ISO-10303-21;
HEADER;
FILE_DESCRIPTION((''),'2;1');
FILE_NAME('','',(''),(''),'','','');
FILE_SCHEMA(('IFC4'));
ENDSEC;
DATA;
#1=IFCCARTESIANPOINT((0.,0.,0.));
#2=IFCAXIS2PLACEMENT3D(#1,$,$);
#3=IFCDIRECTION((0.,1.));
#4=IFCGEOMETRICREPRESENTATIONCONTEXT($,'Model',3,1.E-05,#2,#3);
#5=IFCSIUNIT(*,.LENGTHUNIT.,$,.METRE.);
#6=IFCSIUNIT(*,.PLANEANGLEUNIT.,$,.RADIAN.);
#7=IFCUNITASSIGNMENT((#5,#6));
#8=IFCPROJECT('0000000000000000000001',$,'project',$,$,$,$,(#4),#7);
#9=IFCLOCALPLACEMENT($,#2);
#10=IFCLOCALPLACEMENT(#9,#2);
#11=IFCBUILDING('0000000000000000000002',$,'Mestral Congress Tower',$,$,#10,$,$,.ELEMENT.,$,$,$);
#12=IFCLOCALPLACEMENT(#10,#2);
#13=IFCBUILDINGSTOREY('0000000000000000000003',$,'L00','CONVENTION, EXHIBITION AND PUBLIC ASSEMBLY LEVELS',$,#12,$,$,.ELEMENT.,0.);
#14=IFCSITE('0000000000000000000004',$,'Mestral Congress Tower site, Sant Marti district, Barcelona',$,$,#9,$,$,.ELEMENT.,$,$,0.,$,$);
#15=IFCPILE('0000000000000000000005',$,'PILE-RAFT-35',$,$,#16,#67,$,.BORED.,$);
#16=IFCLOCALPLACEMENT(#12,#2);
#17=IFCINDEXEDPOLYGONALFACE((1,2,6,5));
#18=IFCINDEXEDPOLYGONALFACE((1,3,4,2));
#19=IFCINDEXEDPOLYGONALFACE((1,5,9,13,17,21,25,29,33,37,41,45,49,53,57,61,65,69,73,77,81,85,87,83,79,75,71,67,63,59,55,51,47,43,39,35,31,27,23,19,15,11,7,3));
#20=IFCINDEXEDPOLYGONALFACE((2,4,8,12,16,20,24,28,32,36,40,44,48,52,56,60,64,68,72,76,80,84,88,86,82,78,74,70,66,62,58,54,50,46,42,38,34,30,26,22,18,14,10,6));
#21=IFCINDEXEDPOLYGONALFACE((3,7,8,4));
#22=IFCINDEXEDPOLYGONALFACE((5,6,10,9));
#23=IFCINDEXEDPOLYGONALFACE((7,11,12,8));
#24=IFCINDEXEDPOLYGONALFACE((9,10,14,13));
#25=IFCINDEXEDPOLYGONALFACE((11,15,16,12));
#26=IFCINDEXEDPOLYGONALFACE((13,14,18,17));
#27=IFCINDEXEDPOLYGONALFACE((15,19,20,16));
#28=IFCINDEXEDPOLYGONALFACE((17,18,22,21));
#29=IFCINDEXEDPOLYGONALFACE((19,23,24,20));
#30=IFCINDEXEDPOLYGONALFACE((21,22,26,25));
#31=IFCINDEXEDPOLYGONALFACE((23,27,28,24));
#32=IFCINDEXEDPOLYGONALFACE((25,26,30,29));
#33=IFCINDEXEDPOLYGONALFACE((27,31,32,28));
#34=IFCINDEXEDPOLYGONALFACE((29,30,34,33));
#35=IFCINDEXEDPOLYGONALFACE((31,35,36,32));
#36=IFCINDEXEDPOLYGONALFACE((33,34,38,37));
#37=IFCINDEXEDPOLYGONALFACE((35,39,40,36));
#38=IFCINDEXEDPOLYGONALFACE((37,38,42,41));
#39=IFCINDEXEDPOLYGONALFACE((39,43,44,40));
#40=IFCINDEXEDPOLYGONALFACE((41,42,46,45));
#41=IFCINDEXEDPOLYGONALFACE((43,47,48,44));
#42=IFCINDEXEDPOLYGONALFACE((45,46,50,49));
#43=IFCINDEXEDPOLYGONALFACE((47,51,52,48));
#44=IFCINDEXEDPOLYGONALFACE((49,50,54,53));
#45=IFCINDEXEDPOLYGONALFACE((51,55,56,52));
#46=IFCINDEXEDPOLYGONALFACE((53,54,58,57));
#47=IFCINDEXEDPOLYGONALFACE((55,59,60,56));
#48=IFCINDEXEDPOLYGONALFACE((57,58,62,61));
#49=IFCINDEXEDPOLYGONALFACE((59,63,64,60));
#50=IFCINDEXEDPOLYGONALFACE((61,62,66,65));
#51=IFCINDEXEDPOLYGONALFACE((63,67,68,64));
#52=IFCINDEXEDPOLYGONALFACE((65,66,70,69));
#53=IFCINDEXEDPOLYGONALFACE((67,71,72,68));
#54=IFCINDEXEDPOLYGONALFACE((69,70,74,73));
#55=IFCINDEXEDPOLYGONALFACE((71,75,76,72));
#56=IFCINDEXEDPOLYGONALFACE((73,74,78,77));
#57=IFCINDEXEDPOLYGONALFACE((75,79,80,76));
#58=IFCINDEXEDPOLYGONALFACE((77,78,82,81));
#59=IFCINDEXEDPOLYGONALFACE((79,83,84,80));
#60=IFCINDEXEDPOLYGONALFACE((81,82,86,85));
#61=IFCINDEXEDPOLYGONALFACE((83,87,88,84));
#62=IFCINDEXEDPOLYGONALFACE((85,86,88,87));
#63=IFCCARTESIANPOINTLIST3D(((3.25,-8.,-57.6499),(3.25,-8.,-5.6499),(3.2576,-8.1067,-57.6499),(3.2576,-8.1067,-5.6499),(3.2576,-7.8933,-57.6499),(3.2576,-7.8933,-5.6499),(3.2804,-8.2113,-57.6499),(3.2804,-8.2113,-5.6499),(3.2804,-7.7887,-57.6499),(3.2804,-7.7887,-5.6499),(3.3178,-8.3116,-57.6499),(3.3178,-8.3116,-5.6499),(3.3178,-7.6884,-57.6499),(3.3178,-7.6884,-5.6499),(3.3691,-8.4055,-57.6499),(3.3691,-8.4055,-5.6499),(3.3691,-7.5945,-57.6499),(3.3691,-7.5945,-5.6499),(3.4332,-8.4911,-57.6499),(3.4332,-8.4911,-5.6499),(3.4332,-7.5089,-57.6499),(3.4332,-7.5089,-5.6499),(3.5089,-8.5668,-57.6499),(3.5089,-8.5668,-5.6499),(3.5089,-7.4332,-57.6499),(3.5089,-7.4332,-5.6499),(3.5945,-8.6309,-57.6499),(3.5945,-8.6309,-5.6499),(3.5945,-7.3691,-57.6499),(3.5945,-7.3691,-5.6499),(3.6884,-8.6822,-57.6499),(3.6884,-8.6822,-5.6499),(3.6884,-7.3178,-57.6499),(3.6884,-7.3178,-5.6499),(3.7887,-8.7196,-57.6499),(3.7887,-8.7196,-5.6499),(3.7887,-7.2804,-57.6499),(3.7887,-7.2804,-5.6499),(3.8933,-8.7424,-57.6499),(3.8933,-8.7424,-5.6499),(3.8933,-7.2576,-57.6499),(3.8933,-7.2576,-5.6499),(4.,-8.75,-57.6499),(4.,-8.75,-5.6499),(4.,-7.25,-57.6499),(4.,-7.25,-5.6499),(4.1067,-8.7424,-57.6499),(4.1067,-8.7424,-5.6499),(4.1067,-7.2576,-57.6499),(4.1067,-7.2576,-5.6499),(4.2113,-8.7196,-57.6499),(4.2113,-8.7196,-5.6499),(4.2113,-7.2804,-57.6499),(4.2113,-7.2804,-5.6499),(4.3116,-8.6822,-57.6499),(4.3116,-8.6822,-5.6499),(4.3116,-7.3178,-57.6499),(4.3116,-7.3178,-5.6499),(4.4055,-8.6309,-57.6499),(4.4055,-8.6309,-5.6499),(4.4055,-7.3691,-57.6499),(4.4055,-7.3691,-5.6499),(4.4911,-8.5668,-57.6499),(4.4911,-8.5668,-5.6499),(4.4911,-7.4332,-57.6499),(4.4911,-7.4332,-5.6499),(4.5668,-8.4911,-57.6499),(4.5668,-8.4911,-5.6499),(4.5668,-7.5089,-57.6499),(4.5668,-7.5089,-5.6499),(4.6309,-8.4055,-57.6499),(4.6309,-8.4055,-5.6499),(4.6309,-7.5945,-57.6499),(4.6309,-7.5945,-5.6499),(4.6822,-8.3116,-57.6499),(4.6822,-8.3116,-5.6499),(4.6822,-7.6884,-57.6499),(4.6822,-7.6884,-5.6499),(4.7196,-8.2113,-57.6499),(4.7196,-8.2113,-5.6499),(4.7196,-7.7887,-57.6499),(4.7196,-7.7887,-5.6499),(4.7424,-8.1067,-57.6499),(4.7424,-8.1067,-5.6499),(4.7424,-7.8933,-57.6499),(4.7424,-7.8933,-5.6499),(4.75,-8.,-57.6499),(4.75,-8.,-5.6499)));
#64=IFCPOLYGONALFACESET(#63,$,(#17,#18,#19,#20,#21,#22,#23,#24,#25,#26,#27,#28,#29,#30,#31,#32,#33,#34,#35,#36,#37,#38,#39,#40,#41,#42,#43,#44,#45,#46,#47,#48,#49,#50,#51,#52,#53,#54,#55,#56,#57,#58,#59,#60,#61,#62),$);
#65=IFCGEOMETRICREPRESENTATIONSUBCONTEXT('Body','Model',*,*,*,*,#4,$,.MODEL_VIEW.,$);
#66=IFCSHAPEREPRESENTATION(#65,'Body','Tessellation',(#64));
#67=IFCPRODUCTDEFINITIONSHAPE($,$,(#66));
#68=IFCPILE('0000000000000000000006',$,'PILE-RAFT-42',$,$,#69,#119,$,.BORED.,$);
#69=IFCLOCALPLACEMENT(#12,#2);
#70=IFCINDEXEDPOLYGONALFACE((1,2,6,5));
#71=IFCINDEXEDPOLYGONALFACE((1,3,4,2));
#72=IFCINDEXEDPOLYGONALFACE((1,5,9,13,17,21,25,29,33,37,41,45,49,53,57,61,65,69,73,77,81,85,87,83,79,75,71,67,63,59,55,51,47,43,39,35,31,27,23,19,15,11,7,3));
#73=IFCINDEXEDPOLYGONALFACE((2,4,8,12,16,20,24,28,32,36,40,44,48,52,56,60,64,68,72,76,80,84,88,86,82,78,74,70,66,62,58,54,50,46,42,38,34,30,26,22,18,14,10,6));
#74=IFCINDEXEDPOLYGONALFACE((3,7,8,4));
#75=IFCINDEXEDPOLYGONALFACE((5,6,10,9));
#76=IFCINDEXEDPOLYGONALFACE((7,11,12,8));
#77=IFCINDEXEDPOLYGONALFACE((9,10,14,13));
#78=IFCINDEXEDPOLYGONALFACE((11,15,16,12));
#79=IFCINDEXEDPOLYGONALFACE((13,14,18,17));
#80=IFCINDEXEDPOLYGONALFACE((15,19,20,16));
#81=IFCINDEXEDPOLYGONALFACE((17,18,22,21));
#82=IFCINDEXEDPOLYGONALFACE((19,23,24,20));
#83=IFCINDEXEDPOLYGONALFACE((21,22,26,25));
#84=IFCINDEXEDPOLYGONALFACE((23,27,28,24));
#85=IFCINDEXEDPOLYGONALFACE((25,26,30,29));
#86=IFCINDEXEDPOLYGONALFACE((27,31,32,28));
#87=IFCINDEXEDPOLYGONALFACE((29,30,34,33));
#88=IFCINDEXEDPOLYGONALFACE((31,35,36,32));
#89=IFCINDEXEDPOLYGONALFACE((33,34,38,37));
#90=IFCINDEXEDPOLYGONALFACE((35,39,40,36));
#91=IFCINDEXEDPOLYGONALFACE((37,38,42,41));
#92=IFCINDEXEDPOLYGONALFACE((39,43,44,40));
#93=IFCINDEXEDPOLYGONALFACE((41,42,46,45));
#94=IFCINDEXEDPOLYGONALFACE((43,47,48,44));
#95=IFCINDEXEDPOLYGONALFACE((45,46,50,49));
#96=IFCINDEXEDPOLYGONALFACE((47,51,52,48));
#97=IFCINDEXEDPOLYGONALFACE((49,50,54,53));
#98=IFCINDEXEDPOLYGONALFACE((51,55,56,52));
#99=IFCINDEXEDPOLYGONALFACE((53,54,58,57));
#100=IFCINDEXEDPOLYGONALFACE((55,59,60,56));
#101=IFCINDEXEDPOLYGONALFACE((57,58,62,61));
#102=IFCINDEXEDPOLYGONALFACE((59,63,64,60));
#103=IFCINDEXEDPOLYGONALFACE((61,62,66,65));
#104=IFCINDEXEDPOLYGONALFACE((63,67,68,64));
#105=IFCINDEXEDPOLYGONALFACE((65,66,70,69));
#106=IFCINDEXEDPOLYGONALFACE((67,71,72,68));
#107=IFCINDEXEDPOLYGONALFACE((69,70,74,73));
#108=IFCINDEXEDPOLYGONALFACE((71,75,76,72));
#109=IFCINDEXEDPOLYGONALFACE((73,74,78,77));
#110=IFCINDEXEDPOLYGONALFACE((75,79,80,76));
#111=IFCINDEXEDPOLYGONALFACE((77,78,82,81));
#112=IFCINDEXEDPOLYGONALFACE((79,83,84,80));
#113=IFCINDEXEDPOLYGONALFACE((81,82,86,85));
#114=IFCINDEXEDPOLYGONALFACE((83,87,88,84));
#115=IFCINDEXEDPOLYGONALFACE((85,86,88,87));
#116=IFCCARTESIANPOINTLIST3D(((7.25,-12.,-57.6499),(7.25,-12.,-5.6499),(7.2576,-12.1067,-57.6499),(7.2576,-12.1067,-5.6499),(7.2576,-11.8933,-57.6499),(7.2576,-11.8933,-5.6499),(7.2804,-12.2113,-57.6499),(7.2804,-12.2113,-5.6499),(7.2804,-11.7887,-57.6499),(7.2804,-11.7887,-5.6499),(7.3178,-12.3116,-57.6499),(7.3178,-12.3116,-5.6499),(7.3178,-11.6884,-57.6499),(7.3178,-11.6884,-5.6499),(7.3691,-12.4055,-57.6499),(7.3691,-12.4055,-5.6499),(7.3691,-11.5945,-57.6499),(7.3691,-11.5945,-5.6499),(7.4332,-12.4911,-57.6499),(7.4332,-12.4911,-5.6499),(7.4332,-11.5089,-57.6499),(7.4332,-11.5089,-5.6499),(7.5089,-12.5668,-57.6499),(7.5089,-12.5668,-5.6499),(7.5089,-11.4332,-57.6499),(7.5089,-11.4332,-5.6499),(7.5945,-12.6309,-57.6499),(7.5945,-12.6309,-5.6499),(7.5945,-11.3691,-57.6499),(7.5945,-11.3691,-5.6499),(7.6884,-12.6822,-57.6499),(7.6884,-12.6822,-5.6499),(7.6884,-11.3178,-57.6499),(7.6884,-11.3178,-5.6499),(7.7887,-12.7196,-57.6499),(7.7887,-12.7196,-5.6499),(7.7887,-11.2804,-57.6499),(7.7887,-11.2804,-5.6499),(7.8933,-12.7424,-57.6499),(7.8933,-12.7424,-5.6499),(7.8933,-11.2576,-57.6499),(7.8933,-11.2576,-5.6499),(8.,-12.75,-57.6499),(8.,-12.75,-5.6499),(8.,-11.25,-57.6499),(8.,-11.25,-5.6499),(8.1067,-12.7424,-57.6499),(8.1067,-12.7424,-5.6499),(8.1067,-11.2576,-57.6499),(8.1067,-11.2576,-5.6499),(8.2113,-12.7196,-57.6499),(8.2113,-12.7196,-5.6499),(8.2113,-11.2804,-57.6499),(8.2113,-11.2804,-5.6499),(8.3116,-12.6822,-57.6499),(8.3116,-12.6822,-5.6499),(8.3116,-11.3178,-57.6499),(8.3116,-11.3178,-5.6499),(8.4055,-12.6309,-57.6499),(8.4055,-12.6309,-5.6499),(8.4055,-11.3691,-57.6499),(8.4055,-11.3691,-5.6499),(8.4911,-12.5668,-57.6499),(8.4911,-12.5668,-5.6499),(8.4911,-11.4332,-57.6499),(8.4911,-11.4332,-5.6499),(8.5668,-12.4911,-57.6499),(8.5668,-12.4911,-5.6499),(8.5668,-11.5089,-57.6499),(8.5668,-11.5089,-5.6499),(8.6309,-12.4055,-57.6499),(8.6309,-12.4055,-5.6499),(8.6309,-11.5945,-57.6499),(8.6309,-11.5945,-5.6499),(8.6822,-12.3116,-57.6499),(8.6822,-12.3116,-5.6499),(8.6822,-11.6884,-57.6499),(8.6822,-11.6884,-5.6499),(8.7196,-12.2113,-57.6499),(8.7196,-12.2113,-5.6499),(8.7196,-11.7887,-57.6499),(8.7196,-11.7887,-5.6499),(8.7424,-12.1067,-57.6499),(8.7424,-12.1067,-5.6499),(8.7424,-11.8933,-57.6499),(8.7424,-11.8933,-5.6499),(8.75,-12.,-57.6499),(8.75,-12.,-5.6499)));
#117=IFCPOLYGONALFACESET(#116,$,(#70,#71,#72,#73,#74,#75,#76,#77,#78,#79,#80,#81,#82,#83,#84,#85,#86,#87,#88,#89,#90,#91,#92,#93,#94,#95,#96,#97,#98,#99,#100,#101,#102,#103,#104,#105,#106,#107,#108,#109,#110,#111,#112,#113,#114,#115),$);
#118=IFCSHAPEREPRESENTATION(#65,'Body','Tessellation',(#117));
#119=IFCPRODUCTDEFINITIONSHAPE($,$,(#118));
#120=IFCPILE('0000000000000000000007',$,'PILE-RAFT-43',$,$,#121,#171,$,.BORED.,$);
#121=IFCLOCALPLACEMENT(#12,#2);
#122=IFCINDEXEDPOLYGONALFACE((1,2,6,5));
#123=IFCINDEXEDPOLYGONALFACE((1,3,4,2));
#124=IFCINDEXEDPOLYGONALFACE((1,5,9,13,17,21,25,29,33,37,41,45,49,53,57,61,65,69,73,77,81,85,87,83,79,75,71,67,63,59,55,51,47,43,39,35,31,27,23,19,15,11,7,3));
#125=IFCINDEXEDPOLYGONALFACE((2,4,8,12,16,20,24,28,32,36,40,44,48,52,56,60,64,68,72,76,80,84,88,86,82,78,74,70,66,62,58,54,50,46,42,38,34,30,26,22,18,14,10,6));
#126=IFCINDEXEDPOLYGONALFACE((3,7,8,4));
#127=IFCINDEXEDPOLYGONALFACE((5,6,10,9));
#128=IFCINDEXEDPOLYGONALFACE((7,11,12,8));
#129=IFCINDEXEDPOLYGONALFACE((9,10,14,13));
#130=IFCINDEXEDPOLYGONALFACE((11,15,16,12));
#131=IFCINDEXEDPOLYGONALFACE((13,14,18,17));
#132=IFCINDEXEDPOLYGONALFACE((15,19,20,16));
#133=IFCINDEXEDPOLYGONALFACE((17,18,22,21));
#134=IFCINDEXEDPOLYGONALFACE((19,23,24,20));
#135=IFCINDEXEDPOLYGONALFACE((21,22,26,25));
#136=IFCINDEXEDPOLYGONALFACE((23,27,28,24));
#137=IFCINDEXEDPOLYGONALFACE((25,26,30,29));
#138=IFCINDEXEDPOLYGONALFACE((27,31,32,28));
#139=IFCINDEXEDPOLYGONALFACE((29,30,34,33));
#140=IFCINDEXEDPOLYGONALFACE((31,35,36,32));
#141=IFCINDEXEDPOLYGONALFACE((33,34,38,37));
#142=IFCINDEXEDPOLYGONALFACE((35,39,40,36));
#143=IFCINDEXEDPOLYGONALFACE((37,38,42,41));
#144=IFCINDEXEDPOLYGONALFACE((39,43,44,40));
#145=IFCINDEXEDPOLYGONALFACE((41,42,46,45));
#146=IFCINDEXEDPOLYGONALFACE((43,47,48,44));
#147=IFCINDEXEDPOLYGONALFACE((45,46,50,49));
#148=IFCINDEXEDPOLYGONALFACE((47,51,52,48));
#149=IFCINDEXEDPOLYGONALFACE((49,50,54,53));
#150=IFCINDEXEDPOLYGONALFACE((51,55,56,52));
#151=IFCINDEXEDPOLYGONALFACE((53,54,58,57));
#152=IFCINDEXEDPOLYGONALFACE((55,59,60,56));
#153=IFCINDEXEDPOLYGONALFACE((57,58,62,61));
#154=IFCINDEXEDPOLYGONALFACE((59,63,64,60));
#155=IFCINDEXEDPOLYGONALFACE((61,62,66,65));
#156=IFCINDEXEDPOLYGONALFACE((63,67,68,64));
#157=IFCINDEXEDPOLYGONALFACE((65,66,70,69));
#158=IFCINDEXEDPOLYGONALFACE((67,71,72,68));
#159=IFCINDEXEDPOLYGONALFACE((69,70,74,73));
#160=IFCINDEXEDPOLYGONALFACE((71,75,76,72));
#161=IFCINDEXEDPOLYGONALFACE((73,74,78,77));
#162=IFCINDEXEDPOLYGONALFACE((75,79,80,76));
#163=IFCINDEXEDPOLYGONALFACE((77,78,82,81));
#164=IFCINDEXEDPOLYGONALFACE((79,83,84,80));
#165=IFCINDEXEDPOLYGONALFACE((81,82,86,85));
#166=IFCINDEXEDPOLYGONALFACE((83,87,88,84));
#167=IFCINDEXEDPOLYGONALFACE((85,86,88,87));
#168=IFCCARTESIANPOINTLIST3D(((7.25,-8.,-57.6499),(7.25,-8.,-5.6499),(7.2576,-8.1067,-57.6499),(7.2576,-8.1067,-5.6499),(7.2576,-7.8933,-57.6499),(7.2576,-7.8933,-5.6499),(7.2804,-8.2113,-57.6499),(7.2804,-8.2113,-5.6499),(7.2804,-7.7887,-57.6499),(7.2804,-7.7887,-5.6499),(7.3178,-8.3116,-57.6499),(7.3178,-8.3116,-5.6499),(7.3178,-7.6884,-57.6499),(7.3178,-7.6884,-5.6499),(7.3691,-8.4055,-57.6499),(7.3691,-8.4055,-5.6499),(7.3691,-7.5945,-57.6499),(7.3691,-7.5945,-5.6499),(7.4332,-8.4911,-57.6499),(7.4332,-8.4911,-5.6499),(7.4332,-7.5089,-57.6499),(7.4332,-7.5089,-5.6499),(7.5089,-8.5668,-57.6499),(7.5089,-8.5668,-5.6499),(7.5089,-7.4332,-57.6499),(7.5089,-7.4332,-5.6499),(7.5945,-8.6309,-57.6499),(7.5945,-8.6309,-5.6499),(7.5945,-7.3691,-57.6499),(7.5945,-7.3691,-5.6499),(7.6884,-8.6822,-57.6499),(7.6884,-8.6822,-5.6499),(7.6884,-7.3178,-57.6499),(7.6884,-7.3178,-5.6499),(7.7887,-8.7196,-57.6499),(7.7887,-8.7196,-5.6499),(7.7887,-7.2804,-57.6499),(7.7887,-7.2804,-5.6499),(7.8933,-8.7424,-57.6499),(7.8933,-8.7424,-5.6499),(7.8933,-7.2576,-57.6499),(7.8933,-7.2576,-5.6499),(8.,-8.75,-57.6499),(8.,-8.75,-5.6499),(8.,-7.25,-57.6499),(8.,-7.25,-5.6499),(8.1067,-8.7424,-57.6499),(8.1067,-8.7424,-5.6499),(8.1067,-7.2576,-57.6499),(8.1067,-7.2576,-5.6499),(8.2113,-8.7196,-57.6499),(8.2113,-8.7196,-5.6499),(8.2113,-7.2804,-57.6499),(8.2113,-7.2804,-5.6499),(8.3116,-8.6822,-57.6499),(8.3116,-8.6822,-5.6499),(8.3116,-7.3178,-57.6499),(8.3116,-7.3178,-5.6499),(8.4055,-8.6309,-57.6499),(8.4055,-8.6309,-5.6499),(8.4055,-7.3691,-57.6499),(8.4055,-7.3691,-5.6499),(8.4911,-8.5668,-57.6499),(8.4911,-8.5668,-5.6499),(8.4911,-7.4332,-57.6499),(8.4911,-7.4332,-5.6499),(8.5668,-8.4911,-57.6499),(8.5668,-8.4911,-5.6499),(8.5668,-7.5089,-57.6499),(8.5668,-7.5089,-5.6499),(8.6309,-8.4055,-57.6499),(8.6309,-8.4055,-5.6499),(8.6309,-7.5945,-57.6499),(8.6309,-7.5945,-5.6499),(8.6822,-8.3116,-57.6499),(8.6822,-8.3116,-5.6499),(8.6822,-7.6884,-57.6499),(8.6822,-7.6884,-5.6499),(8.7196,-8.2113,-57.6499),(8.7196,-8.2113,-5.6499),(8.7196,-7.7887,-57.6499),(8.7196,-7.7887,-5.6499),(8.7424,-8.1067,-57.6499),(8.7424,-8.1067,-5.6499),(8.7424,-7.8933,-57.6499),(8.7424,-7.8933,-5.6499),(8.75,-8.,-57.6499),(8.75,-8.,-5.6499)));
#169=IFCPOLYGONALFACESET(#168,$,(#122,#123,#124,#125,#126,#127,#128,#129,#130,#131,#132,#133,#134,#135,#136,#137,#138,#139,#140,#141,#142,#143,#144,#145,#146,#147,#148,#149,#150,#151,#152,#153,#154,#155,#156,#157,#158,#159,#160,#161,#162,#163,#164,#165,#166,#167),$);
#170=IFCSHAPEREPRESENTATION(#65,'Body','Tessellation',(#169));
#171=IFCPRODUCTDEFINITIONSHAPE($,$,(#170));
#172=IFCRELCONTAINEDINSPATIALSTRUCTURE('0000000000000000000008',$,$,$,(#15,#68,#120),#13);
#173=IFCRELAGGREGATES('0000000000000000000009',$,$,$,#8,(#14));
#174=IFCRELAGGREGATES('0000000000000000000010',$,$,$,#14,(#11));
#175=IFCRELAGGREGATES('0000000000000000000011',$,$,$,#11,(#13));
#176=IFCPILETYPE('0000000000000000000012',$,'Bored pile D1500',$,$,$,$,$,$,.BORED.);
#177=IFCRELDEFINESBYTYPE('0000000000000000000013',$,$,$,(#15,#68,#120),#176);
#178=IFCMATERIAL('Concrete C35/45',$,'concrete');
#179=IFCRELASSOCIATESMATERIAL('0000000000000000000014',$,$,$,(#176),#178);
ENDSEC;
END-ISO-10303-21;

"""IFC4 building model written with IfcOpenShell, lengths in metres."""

from ifc_helpers import new_model, si_unit, direction, frame, origin, origin_2d, place, context, subcontext, project, spatial, circle, extrude, material, material_profile, profile_set, type_object, element, save


model = new_model("IFC4")

# Units and contexts
model_context = context("Model", 3, precision=1e-05, world=origin(), true_north=direction((0.0, 1.0)))
body_context = subcontext(model_context, "Body", "Model", "MODEL_VIEW")
ifc_project = project(units=[si_unit("LENGTHUNIT", "METRE"), si_unit("PLANEANGLEUNIT", "RADIAN")], contexts=[model_context])

# Site, building, storey
site_placement = place(None, origin())
site = spatial("IfcSite", under=ifc_project, at=site_placement, Name="Mestral Congress Tower site, Sant Marti district, Barcelona", CompositionType="ELEMENT", RefElevation=0.0)
building_placement = place(site_placement, origin())
building = spatial("IfcBuilding", under=site, at=building_placement, Name="Mestral Congress Tower", CompositionType="ELEMENT")
storey_placement = place(building_placement, origin())
storey = spatial("IfcBuildingStorey", under=building, at=storey_placement, Name="L00", Description="CONVENTION, EXHIBITION AND PUBLIC ASSEMBLY LEVELS", CompositionType="ELEMENT", Elevation=0.0)

# Piles
ifc_material_1 = material(Name="Concrete C35/45", Category="concrete")
ifc_material_profile_1 = material_profile(ifc_material_1, circle(Radius=0.75, at=origin_2d()), Name="D1500")
ifc_profile_set_1 = profile_set([ifc_material_profile_1], Name="Concrete C35/45")
pile_type_1 = type_object("IfcPileType", Name="Bored pile D1500", PredefinedType="BORED", material=ifc_profile_set_1)
for number, where, z_axis, x_axis, name in (
    (1, (4.0, -8.0, -5.6499), (0.0, 0.0, -1.0), (1.0, 0.0, 0.0), "PILE-RAFT-35"),
    (2, (8.0, -12.0, -5.6499), (0.0, 0.0, -1.0), (1.0, 0.0, 0.0), "PILE-RAFT-42"),
    (3, (8.0, -8.0, -5.6499), (0.0, 0.0, -1.0), (1.0, 0.0, 0.0), "PILE-RAFT-43"),
):
    element("IfcPile", number, at=place(storey_placement, frame(where, z_axis=z_axis, x_axis=x_axis)), inside=storey, type_object=pile_type_1, Name=name, PredefinedType="BORED", context=body_context, shape_type="SweptSolid", body=[
        extrude(circle(Radius=0.75, at=origin_2d()), origin(), (0.0, 0.0, 1.0), 52.0),
    ])

save(model, "model.ifc")
